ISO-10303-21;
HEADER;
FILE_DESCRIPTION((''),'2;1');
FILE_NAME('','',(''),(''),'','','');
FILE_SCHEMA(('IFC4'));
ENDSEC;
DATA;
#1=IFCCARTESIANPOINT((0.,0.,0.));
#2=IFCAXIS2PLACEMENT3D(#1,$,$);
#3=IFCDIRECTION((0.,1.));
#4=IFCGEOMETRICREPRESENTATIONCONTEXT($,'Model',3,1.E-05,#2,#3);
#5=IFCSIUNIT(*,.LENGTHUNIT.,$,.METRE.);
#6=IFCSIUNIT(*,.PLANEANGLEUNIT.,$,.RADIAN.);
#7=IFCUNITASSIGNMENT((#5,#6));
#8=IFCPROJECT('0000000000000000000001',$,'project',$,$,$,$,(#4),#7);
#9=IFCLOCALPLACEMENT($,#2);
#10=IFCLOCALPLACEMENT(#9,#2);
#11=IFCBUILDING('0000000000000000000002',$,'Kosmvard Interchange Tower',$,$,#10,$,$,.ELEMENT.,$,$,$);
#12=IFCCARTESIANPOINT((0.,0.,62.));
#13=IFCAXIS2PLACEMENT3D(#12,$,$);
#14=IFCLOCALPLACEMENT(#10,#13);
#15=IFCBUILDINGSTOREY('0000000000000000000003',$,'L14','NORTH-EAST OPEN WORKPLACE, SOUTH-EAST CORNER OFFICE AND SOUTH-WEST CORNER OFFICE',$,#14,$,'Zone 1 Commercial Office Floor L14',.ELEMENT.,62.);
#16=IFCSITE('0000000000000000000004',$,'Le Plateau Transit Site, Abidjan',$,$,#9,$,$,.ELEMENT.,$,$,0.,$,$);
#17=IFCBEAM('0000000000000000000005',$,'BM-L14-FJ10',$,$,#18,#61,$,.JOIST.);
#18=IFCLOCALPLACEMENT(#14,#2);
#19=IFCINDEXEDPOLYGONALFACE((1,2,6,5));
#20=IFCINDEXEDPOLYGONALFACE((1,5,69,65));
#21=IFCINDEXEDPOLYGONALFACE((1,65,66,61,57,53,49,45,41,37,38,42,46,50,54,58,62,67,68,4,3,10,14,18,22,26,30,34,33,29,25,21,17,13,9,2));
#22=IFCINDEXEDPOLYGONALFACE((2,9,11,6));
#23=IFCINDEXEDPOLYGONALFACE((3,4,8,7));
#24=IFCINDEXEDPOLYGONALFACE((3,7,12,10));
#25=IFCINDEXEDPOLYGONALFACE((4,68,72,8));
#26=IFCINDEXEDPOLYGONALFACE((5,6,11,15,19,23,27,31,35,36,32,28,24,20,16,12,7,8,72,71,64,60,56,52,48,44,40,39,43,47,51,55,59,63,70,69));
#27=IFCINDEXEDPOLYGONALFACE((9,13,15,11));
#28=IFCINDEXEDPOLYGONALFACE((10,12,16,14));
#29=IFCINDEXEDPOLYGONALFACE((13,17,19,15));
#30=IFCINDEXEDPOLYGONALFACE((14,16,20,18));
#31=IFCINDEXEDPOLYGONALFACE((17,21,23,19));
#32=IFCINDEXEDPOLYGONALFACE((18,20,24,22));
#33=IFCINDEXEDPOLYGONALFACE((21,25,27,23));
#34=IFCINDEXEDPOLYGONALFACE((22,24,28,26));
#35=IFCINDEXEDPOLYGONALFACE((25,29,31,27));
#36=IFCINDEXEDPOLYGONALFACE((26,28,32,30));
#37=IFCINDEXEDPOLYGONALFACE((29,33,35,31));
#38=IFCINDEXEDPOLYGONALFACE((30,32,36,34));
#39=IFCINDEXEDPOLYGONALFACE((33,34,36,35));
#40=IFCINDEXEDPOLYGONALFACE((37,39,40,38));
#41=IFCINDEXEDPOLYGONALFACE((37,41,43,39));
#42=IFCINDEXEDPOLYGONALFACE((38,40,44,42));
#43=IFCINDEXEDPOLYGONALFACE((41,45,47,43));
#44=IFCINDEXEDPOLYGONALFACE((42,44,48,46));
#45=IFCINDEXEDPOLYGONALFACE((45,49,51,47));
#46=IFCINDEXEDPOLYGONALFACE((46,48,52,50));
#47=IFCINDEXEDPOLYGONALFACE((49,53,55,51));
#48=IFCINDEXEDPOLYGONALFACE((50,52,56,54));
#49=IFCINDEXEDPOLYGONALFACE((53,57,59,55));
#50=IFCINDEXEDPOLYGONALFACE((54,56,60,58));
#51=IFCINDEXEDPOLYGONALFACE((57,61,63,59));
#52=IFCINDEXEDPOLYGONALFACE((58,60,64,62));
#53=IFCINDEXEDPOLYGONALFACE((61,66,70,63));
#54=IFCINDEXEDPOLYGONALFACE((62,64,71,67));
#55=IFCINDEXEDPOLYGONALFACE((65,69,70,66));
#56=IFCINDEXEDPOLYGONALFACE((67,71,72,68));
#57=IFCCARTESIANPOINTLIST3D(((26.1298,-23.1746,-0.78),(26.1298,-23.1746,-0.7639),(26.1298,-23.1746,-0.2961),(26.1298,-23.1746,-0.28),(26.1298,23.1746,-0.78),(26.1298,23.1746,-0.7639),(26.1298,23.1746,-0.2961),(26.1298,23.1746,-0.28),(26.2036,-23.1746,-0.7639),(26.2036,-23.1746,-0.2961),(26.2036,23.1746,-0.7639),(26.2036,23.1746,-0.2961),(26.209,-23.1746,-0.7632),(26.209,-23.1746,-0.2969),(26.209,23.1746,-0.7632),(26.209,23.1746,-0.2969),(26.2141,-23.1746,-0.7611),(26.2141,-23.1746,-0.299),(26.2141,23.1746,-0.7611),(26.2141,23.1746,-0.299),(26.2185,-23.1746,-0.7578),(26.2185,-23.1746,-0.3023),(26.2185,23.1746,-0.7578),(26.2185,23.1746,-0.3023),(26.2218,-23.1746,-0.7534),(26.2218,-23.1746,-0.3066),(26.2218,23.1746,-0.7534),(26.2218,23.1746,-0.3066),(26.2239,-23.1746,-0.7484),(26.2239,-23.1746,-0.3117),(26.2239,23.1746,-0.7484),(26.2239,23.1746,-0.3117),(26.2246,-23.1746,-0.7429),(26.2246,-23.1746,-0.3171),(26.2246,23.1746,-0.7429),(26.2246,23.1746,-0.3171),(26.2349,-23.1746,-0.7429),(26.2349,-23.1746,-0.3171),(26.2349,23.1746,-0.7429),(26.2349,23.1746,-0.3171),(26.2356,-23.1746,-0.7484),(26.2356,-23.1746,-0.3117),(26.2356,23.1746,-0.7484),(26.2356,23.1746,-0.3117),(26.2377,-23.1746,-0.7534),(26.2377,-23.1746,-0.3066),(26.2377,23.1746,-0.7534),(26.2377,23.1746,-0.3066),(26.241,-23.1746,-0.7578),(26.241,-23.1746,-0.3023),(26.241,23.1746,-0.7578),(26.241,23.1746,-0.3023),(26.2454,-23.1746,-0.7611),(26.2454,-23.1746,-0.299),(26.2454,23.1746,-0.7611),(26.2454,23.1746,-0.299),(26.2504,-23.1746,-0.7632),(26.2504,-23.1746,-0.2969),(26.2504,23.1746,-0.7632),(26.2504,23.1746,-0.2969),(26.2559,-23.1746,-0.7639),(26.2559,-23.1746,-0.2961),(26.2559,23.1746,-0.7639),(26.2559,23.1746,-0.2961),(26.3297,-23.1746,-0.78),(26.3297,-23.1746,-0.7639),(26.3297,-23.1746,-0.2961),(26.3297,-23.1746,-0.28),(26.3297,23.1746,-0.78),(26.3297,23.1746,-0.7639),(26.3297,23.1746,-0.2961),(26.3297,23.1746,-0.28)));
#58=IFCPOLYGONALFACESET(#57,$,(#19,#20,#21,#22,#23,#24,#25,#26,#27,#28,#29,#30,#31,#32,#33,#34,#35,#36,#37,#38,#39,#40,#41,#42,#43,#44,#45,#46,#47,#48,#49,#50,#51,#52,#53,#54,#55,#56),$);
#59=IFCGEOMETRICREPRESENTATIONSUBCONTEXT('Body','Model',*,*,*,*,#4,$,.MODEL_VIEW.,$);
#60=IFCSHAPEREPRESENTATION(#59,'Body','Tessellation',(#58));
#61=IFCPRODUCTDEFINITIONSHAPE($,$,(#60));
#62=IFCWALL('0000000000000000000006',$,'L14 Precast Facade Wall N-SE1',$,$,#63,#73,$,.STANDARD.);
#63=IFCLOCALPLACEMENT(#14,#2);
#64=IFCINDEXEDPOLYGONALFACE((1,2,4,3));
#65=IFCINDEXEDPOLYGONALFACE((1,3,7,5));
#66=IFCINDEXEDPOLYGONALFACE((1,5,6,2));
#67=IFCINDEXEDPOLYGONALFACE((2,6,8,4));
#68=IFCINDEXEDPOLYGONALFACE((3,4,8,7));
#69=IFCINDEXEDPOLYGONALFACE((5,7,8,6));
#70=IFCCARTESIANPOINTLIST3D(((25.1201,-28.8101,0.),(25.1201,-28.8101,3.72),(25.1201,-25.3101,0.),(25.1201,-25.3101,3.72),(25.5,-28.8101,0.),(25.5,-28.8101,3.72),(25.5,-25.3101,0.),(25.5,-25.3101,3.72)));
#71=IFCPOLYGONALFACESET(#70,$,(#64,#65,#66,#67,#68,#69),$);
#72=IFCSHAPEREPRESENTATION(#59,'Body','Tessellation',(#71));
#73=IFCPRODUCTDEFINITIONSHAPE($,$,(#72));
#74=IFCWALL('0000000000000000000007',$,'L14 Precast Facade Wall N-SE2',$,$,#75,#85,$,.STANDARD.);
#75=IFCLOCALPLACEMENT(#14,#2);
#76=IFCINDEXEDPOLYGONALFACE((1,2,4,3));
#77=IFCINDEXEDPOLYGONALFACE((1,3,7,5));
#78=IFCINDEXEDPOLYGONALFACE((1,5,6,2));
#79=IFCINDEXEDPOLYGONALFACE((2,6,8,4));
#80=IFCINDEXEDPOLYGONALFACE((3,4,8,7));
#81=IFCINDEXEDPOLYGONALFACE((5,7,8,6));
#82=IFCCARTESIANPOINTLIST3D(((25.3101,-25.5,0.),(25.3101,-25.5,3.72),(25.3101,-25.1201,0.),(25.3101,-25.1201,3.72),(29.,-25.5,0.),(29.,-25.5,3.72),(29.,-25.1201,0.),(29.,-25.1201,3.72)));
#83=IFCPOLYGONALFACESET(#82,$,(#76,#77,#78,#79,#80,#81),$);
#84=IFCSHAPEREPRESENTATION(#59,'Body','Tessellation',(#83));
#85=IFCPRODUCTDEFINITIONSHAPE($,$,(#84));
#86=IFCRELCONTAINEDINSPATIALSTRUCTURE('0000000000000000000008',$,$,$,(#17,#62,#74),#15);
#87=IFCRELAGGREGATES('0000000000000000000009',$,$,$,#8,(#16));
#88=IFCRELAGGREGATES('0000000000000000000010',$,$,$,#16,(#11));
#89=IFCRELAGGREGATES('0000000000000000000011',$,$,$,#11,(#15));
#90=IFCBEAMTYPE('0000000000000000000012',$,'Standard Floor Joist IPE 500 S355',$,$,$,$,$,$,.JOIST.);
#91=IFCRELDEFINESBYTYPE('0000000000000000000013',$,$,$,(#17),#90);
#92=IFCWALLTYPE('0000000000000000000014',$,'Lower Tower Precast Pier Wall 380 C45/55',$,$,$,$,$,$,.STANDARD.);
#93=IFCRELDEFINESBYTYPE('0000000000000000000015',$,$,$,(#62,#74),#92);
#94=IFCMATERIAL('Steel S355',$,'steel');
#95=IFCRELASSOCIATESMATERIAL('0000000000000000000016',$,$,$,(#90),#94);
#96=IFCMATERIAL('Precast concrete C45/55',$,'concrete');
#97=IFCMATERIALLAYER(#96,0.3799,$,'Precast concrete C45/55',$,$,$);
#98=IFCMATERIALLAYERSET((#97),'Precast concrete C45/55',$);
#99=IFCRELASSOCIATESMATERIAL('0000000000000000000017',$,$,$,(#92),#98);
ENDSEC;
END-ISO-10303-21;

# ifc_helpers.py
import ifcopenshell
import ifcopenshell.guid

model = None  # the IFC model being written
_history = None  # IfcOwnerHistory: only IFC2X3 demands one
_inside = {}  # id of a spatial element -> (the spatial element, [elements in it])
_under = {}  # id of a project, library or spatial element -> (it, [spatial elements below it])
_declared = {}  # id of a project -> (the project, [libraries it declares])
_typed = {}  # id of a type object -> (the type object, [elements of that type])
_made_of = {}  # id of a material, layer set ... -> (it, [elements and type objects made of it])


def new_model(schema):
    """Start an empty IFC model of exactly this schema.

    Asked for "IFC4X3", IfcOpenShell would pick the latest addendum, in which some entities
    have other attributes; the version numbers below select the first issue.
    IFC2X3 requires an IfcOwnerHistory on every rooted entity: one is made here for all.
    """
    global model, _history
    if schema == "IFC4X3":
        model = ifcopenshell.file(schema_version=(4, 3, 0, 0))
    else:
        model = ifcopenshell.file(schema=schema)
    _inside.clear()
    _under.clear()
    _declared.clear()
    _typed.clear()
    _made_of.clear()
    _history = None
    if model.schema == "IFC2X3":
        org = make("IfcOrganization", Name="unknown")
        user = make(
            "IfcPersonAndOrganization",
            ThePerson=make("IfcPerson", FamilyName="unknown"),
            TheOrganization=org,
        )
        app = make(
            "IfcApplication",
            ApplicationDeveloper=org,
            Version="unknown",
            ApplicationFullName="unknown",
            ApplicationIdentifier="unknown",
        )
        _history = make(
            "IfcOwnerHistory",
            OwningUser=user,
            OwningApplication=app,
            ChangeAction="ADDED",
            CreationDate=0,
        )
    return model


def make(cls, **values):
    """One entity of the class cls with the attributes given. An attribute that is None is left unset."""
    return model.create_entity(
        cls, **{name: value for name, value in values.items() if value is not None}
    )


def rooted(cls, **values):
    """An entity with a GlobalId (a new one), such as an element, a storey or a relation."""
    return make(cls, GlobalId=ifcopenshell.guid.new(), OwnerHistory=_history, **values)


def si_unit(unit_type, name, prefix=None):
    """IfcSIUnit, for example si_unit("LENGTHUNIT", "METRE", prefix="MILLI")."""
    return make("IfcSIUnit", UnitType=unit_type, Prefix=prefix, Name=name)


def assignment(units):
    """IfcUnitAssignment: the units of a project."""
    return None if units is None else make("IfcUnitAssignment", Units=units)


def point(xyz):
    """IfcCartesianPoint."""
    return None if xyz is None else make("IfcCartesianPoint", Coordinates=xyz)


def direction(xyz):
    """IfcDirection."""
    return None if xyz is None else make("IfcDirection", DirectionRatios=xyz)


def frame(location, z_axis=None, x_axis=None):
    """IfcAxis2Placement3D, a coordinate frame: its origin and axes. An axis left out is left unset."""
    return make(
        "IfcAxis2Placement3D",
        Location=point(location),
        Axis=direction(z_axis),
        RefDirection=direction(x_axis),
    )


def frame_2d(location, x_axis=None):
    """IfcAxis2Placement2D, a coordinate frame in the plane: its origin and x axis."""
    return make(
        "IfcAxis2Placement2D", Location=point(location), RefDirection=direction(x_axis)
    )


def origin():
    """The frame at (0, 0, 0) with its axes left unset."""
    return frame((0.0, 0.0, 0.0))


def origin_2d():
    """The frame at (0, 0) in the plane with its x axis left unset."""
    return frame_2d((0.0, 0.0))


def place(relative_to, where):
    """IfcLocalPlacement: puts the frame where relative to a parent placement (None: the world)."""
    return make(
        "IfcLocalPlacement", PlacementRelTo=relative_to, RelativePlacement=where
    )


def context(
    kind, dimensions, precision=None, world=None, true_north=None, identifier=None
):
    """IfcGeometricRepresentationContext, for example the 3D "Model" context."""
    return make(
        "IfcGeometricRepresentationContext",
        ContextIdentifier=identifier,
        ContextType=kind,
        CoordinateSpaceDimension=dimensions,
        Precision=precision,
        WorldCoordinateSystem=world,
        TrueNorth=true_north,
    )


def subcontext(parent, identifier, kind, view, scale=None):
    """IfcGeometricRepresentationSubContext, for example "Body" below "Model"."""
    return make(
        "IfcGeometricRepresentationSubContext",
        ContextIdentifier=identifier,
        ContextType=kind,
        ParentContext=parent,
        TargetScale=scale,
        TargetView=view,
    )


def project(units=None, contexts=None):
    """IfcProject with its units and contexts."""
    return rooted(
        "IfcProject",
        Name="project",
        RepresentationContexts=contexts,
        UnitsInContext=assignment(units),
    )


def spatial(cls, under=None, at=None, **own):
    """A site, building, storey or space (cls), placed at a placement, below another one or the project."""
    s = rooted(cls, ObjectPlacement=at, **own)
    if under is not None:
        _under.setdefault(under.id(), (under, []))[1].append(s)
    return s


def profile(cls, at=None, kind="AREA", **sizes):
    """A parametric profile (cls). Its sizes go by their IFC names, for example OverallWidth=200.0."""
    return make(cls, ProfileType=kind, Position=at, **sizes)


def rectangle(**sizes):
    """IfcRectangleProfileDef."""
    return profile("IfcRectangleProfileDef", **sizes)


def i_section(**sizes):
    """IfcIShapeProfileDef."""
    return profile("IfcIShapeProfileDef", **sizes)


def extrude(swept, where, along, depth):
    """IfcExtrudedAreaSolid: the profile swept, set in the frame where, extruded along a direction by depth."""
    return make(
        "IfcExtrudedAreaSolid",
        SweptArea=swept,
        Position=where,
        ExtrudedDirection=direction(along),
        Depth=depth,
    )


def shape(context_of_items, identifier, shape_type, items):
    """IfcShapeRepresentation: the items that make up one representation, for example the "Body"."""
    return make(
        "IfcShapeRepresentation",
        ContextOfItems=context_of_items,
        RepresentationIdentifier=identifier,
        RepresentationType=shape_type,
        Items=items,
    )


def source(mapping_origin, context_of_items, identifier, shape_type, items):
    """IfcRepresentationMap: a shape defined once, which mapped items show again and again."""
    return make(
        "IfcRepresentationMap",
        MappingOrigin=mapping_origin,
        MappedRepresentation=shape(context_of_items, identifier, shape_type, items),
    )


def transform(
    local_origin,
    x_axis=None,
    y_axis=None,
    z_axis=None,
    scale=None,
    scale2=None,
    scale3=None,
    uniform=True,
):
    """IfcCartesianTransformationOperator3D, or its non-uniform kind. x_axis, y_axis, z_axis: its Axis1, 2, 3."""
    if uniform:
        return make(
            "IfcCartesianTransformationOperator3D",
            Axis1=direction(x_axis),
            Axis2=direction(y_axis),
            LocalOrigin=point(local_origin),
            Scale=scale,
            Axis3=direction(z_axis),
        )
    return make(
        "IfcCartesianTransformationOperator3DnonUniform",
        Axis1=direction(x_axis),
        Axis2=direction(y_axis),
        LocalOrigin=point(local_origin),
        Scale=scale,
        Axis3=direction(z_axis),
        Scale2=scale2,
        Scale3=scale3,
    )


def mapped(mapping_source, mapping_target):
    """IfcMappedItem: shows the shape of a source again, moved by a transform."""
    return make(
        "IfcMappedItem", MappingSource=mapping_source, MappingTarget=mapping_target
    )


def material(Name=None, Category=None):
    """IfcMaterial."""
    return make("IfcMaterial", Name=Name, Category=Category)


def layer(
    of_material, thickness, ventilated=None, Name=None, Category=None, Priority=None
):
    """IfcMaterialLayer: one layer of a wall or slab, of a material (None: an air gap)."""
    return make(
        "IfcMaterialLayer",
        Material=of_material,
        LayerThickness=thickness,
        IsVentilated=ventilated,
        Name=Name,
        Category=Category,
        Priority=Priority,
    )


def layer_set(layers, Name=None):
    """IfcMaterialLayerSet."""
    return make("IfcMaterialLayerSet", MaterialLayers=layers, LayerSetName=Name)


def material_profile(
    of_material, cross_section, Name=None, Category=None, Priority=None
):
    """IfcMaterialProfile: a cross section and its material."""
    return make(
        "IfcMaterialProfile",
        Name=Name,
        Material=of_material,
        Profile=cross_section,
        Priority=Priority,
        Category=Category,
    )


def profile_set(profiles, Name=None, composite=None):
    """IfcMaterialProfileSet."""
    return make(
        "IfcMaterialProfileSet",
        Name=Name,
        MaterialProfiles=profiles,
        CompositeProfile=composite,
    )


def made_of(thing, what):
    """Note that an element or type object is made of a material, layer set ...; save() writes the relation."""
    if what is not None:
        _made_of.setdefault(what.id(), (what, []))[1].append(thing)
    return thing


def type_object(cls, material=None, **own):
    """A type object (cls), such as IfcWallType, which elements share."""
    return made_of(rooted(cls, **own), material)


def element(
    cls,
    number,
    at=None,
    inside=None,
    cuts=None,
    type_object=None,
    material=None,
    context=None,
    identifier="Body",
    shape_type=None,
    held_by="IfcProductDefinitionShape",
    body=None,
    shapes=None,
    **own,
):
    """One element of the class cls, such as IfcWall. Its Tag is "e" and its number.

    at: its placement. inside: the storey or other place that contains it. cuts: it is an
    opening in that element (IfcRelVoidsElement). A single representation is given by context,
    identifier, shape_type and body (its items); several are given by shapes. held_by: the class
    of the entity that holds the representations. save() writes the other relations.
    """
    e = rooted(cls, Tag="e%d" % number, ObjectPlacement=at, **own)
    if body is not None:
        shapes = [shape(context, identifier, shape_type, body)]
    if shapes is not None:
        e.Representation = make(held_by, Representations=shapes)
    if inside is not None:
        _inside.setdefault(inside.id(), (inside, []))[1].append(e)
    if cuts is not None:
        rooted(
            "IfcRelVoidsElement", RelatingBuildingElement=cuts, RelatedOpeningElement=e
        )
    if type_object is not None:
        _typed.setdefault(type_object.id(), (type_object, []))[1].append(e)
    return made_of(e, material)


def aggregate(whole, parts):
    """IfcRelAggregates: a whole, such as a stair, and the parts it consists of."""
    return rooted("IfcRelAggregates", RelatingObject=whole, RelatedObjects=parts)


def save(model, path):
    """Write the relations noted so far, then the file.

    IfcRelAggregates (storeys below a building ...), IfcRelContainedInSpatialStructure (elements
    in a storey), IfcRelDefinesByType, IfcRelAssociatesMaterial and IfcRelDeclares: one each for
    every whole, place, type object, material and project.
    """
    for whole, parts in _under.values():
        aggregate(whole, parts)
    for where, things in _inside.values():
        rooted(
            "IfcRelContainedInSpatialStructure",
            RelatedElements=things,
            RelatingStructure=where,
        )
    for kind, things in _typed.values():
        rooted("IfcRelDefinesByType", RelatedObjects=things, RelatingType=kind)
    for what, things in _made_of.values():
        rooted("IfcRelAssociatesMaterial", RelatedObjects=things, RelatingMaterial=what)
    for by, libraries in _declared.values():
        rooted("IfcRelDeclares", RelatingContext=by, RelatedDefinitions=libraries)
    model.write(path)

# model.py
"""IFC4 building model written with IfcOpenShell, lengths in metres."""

from ifc_helpers import new_model, si_unit, direction, frame, frame_2d, origin, origin_2d, place, context, subcontext, project, spatial, rectangle, i_section, extrude, source, transform, mapped, material, layer, layer_set, material_profile, profile_set, type_object, element, save


model = new_model("IFC4")

# Units and contexts
model_context = context("Model", 3, precision=1e-05, world=origin(), true_north=direction((0.0, 1.0)))
body_context = subcontext(model_context, "Body", "Model", "MODEL_VIEW")
ifc_project = project(units=[si_unit("LENGTHUNIT", "METRE"), si_unit("PLANEANGLEUNIT", "RADIAN")], contexts=[model_context])

# Site, building, storey
site_placement = place(None, origin())
site = spatial("IfcSite", under=ifc_project, at=site_placement, Name="Le Plateau Transit Site, Abidjan", CompositionType="ELEMENT", RefElevation=0.0)
building_placement = place(site_placement, origin())
building = spatial("IfcBuilding", under=site, at=building_placement, Name="Kosmvard Interchange Tower", CompositionType="ELEMENT")
storey_placement = place(building_placement, frame((0.0, 0.0, 62.0)))
storey = spatial("IfcBuildingStorey", under=building, at=storey_placement, Name="L14", Description="NORTH-EAST OPEN WORKPLACE, SOUTH-EAST CORNER OFFICE AND SOUTH-WEST CORNER OFFICE", LongName="Zone 1 Commercial Office Floor L14", CompositionType="ELEMENT", Elevation=62.0)

# Beam
ifc_material_1 = material(Name="Steel S355", Category="steel")
ifc_material_2 = material(Name="Precast concrete C45/55", Category="concrete")
ifc_material_profile_1 = material_profile(ifc_material_1, i_section(OverallWidth=0.2, OverallDepth=0.5, WebThickness=0.0103, FlangeThickness=0.0161, FilletRadius=0.021, at=origin_2d()), Name="IPE 500")
ifc_profile_set_1 = profile_set([ifc_material_profile_1], Name="Steel S355")
beam_type_1 = type_object("IfcBeamType", Name="Standard Floor Joist IPE 500 S355", PredefinedType="JOIST", material=ifc_profile_set_1)
shared_shape_1 = source(origin(), body_context, "Body", "SweptSolid", [
    extrude(i_section(OverallWidth=0.2, OverallDepth=0.5, WebThickness=0.0103, FlangeThickness=0.0161, FilletRadius=0.021, at=origin_2d()), origin(), (0.0, 0.0, 1.0), 46.3491),
])
beam_1_placement = place(storey_placement, frame((26.2297, -23.1746, -0.53), z_axis=(0.0, 1.0, 0.0), x_axis=(-1.0, 0.0, 0.0)))
element("IfcBeam", 1, at=beam_1_placement, inside=storey, type_object=beam_type_1, Name="BM-L14-FJ10", PredefinedType="JOIST", context=body_context, shape_type="MappedRepresentation", body=[
    mapped(shared_shape_1, transform((0.0, 0.0, 0.0), scale=1.0)),
])

# Walls
ifc_layer_1 = layer(ifc_material_2, 0.3799, Name="Precast concrete C45/55")
ifc_layer_set_1 = layer_set([ifc_layer_1], Name="Precast concrete C45/55")
wall_type = type_object("IfcWallType", Name="Lower Tower Precast Pier Wall 380 C45/55", PredefinedType="STANDARD", material=ifc_layer_set_1)
wall_1_placement = place(storey_placement, frame((25.3101, -28.8101, 0.0), z_axis=(0.0, 0.0, 1.0), x_axis=(0.0, 1.0, 0.0)))
element("IfcWall", 2, at=wall_1_placement, inside=storey, type_object=wall_type, Name="L14 Precast Facade Wall N-SE1", PredefinedType="STANDARD", context=body_context, shape_type="SweptSolid", body=[
    extrude(rectangle(XDim=3.5, YDim=0.3799, at=frame_2d((1.75, 0.0))), origin(), (0.0, 0.0, 1.0), 3.72),
])
wall_2_placement = place(storey_placement, frame((25.3101, -25.3101, 0.0), z_axis=(0.0, 0.0, 1.0), x_axis=(1.0, 0.0, 0.0)))
element("IfcWall", 3, at=wall_2_placement, inside=storey, type_object=wall_type, Name="L14 Precast Facade Wall N-SE2", PredefinedType="STANDARD", context=body_context, shape_type="SweptSolid", body=[
    extrude(rectangle(XDim=3.6899, YDim=0.3799, at=frame_2d((1.845, 0.0))), origin(), (0.0, 0.0, 1.0), 3.72),
])

save(model, "model.ifc")
